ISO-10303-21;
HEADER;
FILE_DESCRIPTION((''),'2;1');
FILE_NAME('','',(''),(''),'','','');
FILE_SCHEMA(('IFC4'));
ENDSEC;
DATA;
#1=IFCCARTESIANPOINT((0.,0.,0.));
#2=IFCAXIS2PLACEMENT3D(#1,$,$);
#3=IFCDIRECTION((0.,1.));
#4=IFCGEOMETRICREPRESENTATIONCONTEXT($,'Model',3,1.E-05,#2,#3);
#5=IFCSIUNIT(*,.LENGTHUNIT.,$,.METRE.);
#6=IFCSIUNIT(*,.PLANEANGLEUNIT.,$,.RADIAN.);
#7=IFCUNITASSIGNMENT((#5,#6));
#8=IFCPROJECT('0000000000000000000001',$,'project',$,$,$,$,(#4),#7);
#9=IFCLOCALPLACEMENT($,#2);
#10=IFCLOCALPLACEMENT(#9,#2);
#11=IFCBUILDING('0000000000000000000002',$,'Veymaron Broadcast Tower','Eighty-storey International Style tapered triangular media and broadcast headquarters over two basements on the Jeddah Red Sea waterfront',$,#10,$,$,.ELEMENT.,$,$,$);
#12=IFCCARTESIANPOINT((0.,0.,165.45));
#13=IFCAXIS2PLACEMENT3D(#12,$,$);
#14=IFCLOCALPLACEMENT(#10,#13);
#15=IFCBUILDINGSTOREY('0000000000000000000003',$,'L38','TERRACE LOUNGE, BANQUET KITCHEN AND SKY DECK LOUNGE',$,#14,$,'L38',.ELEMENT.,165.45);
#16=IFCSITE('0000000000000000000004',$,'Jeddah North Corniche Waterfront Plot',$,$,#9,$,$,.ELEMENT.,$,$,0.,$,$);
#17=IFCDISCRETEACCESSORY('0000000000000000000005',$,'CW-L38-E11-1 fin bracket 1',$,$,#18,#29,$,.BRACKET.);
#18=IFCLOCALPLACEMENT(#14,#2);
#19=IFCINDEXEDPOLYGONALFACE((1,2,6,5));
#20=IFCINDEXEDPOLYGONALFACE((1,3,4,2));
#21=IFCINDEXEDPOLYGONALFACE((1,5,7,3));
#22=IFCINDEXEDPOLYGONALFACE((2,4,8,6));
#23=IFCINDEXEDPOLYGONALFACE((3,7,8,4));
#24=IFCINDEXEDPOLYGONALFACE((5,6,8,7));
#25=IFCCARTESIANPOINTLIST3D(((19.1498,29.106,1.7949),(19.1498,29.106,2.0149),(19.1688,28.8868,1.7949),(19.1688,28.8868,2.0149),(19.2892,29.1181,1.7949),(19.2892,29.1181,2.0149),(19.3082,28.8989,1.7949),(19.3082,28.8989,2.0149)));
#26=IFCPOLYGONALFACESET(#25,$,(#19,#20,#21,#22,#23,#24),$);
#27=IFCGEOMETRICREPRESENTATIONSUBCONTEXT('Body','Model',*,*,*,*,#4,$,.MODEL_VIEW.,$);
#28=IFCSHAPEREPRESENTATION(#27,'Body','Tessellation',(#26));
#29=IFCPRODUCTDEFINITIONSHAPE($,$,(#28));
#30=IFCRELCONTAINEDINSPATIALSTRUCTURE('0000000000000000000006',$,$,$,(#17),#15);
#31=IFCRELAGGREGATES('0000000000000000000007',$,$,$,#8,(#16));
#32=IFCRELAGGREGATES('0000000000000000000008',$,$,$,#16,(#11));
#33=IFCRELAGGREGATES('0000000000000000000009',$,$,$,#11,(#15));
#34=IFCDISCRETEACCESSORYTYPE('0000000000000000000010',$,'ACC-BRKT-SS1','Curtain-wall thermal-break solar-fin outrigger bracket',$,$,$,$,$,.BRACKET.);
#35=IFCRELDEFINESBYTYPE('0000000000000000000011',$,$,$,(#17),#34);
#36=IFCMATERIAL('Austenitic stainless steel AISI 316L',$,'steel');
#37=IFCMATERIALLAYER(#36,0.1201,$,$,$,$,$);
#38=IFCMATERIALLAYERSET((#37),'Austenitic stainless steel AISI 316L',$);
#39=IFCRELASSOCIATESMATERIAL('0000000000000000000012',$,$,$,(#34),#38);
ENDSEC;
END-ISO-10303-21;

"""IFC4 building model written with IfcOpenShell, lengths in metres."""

from ifc_helpers import new_model, si_unit, direction, frame, origin, origin_2d, place, context, subcontext, project, spatial, rectangle, extrude, material, layer, layer_set, type_object, element, save


model = new_model("IFC4")

# Units and contexts
model_context = context("Model", 3, precision=1e-05, world=origin(), true_north=direction((0.0, 1.0)))
body_context = subcontext(model_context, "Body", "Model", "MODEL_VIEW")
ifc_project = project(units=[si_unit("LENGTHUNIT", "METRE"), si_unit("PLANEANGLEUNIT", "RADIAN")], contexts=[model_context])

# Site, building, storey
site_placement = place(None, origin())
site = spatial("IfcSite", under=ifc_project, at=site_placement, Name="Jeddah North Corniche Waterfront Plot", CompositionType="ELEMENT", RefElevation=0.0)
building_placement = place(site_placement, origin())
building = spatial("IfcBuilding", under=site, at=building_placement, Name="Veymaron Broadcast Tower", Description="Eighty-storey International Style tapered triangular media and broadcast headquarters over two basements on the Jeddah Red Sea waterfront", CompositionType="ELEMENT")
storey_placement = place(building_placement, frame((0.0, 0.0, 165.45)))
storey = spatial("IfcBuildingStorey", under=building, at=storey_placement, Name="L38", Description="TERRACE LOUNGE, BANQUET KITCHEN AND SKY DECK LOUNGE", LongName="L38", CompositionType="ELEMENT", Elevation=165.45)

# Discrete accessory
ifc_material_1 = material(Name="Austenitic stainless steel AISI 316L", Category="steel")
ifc_layer_1 = layer(ifc_material_1, 0.1201)
ifc_layer_set_1 = layer_set([ifc_layer_1], Name="Austenitic stainless steel AISI 316L")
discrete_accessory_type = type_object("IfcDiscreteAccessoryType", Name="ACC-BRKT-SS1", Description="Curtain-wall thermal-break solar-fin outrigger bracket", PredefinedType="BRACKET", material=ifc_layer_set_1)
discrete_accessory_placement = place(storey_placement, frame((19.229, 29.0024, 1.7949), z_axis=(0.0, 0.0, 1.0), x_axis=(-0.08646, 0.996255, 0.0)))
element("IfcDiscreteAccessory", 1, at=discrete_accessory_placement, inside=storey, type_object=discrete_accessory_type, Name="CW-L38-E11-1 fin bracket 1", PredefinedType="BRACKET", context=body_context, shape_type="SweptSolid", body=[
    extrude(rectangle(XDim=0.22, YDim=0.1399, at=origin_2d()), origin(), (0.0, 0.0, 1.0), 0.22),
])

save(model, "model.ifc")
